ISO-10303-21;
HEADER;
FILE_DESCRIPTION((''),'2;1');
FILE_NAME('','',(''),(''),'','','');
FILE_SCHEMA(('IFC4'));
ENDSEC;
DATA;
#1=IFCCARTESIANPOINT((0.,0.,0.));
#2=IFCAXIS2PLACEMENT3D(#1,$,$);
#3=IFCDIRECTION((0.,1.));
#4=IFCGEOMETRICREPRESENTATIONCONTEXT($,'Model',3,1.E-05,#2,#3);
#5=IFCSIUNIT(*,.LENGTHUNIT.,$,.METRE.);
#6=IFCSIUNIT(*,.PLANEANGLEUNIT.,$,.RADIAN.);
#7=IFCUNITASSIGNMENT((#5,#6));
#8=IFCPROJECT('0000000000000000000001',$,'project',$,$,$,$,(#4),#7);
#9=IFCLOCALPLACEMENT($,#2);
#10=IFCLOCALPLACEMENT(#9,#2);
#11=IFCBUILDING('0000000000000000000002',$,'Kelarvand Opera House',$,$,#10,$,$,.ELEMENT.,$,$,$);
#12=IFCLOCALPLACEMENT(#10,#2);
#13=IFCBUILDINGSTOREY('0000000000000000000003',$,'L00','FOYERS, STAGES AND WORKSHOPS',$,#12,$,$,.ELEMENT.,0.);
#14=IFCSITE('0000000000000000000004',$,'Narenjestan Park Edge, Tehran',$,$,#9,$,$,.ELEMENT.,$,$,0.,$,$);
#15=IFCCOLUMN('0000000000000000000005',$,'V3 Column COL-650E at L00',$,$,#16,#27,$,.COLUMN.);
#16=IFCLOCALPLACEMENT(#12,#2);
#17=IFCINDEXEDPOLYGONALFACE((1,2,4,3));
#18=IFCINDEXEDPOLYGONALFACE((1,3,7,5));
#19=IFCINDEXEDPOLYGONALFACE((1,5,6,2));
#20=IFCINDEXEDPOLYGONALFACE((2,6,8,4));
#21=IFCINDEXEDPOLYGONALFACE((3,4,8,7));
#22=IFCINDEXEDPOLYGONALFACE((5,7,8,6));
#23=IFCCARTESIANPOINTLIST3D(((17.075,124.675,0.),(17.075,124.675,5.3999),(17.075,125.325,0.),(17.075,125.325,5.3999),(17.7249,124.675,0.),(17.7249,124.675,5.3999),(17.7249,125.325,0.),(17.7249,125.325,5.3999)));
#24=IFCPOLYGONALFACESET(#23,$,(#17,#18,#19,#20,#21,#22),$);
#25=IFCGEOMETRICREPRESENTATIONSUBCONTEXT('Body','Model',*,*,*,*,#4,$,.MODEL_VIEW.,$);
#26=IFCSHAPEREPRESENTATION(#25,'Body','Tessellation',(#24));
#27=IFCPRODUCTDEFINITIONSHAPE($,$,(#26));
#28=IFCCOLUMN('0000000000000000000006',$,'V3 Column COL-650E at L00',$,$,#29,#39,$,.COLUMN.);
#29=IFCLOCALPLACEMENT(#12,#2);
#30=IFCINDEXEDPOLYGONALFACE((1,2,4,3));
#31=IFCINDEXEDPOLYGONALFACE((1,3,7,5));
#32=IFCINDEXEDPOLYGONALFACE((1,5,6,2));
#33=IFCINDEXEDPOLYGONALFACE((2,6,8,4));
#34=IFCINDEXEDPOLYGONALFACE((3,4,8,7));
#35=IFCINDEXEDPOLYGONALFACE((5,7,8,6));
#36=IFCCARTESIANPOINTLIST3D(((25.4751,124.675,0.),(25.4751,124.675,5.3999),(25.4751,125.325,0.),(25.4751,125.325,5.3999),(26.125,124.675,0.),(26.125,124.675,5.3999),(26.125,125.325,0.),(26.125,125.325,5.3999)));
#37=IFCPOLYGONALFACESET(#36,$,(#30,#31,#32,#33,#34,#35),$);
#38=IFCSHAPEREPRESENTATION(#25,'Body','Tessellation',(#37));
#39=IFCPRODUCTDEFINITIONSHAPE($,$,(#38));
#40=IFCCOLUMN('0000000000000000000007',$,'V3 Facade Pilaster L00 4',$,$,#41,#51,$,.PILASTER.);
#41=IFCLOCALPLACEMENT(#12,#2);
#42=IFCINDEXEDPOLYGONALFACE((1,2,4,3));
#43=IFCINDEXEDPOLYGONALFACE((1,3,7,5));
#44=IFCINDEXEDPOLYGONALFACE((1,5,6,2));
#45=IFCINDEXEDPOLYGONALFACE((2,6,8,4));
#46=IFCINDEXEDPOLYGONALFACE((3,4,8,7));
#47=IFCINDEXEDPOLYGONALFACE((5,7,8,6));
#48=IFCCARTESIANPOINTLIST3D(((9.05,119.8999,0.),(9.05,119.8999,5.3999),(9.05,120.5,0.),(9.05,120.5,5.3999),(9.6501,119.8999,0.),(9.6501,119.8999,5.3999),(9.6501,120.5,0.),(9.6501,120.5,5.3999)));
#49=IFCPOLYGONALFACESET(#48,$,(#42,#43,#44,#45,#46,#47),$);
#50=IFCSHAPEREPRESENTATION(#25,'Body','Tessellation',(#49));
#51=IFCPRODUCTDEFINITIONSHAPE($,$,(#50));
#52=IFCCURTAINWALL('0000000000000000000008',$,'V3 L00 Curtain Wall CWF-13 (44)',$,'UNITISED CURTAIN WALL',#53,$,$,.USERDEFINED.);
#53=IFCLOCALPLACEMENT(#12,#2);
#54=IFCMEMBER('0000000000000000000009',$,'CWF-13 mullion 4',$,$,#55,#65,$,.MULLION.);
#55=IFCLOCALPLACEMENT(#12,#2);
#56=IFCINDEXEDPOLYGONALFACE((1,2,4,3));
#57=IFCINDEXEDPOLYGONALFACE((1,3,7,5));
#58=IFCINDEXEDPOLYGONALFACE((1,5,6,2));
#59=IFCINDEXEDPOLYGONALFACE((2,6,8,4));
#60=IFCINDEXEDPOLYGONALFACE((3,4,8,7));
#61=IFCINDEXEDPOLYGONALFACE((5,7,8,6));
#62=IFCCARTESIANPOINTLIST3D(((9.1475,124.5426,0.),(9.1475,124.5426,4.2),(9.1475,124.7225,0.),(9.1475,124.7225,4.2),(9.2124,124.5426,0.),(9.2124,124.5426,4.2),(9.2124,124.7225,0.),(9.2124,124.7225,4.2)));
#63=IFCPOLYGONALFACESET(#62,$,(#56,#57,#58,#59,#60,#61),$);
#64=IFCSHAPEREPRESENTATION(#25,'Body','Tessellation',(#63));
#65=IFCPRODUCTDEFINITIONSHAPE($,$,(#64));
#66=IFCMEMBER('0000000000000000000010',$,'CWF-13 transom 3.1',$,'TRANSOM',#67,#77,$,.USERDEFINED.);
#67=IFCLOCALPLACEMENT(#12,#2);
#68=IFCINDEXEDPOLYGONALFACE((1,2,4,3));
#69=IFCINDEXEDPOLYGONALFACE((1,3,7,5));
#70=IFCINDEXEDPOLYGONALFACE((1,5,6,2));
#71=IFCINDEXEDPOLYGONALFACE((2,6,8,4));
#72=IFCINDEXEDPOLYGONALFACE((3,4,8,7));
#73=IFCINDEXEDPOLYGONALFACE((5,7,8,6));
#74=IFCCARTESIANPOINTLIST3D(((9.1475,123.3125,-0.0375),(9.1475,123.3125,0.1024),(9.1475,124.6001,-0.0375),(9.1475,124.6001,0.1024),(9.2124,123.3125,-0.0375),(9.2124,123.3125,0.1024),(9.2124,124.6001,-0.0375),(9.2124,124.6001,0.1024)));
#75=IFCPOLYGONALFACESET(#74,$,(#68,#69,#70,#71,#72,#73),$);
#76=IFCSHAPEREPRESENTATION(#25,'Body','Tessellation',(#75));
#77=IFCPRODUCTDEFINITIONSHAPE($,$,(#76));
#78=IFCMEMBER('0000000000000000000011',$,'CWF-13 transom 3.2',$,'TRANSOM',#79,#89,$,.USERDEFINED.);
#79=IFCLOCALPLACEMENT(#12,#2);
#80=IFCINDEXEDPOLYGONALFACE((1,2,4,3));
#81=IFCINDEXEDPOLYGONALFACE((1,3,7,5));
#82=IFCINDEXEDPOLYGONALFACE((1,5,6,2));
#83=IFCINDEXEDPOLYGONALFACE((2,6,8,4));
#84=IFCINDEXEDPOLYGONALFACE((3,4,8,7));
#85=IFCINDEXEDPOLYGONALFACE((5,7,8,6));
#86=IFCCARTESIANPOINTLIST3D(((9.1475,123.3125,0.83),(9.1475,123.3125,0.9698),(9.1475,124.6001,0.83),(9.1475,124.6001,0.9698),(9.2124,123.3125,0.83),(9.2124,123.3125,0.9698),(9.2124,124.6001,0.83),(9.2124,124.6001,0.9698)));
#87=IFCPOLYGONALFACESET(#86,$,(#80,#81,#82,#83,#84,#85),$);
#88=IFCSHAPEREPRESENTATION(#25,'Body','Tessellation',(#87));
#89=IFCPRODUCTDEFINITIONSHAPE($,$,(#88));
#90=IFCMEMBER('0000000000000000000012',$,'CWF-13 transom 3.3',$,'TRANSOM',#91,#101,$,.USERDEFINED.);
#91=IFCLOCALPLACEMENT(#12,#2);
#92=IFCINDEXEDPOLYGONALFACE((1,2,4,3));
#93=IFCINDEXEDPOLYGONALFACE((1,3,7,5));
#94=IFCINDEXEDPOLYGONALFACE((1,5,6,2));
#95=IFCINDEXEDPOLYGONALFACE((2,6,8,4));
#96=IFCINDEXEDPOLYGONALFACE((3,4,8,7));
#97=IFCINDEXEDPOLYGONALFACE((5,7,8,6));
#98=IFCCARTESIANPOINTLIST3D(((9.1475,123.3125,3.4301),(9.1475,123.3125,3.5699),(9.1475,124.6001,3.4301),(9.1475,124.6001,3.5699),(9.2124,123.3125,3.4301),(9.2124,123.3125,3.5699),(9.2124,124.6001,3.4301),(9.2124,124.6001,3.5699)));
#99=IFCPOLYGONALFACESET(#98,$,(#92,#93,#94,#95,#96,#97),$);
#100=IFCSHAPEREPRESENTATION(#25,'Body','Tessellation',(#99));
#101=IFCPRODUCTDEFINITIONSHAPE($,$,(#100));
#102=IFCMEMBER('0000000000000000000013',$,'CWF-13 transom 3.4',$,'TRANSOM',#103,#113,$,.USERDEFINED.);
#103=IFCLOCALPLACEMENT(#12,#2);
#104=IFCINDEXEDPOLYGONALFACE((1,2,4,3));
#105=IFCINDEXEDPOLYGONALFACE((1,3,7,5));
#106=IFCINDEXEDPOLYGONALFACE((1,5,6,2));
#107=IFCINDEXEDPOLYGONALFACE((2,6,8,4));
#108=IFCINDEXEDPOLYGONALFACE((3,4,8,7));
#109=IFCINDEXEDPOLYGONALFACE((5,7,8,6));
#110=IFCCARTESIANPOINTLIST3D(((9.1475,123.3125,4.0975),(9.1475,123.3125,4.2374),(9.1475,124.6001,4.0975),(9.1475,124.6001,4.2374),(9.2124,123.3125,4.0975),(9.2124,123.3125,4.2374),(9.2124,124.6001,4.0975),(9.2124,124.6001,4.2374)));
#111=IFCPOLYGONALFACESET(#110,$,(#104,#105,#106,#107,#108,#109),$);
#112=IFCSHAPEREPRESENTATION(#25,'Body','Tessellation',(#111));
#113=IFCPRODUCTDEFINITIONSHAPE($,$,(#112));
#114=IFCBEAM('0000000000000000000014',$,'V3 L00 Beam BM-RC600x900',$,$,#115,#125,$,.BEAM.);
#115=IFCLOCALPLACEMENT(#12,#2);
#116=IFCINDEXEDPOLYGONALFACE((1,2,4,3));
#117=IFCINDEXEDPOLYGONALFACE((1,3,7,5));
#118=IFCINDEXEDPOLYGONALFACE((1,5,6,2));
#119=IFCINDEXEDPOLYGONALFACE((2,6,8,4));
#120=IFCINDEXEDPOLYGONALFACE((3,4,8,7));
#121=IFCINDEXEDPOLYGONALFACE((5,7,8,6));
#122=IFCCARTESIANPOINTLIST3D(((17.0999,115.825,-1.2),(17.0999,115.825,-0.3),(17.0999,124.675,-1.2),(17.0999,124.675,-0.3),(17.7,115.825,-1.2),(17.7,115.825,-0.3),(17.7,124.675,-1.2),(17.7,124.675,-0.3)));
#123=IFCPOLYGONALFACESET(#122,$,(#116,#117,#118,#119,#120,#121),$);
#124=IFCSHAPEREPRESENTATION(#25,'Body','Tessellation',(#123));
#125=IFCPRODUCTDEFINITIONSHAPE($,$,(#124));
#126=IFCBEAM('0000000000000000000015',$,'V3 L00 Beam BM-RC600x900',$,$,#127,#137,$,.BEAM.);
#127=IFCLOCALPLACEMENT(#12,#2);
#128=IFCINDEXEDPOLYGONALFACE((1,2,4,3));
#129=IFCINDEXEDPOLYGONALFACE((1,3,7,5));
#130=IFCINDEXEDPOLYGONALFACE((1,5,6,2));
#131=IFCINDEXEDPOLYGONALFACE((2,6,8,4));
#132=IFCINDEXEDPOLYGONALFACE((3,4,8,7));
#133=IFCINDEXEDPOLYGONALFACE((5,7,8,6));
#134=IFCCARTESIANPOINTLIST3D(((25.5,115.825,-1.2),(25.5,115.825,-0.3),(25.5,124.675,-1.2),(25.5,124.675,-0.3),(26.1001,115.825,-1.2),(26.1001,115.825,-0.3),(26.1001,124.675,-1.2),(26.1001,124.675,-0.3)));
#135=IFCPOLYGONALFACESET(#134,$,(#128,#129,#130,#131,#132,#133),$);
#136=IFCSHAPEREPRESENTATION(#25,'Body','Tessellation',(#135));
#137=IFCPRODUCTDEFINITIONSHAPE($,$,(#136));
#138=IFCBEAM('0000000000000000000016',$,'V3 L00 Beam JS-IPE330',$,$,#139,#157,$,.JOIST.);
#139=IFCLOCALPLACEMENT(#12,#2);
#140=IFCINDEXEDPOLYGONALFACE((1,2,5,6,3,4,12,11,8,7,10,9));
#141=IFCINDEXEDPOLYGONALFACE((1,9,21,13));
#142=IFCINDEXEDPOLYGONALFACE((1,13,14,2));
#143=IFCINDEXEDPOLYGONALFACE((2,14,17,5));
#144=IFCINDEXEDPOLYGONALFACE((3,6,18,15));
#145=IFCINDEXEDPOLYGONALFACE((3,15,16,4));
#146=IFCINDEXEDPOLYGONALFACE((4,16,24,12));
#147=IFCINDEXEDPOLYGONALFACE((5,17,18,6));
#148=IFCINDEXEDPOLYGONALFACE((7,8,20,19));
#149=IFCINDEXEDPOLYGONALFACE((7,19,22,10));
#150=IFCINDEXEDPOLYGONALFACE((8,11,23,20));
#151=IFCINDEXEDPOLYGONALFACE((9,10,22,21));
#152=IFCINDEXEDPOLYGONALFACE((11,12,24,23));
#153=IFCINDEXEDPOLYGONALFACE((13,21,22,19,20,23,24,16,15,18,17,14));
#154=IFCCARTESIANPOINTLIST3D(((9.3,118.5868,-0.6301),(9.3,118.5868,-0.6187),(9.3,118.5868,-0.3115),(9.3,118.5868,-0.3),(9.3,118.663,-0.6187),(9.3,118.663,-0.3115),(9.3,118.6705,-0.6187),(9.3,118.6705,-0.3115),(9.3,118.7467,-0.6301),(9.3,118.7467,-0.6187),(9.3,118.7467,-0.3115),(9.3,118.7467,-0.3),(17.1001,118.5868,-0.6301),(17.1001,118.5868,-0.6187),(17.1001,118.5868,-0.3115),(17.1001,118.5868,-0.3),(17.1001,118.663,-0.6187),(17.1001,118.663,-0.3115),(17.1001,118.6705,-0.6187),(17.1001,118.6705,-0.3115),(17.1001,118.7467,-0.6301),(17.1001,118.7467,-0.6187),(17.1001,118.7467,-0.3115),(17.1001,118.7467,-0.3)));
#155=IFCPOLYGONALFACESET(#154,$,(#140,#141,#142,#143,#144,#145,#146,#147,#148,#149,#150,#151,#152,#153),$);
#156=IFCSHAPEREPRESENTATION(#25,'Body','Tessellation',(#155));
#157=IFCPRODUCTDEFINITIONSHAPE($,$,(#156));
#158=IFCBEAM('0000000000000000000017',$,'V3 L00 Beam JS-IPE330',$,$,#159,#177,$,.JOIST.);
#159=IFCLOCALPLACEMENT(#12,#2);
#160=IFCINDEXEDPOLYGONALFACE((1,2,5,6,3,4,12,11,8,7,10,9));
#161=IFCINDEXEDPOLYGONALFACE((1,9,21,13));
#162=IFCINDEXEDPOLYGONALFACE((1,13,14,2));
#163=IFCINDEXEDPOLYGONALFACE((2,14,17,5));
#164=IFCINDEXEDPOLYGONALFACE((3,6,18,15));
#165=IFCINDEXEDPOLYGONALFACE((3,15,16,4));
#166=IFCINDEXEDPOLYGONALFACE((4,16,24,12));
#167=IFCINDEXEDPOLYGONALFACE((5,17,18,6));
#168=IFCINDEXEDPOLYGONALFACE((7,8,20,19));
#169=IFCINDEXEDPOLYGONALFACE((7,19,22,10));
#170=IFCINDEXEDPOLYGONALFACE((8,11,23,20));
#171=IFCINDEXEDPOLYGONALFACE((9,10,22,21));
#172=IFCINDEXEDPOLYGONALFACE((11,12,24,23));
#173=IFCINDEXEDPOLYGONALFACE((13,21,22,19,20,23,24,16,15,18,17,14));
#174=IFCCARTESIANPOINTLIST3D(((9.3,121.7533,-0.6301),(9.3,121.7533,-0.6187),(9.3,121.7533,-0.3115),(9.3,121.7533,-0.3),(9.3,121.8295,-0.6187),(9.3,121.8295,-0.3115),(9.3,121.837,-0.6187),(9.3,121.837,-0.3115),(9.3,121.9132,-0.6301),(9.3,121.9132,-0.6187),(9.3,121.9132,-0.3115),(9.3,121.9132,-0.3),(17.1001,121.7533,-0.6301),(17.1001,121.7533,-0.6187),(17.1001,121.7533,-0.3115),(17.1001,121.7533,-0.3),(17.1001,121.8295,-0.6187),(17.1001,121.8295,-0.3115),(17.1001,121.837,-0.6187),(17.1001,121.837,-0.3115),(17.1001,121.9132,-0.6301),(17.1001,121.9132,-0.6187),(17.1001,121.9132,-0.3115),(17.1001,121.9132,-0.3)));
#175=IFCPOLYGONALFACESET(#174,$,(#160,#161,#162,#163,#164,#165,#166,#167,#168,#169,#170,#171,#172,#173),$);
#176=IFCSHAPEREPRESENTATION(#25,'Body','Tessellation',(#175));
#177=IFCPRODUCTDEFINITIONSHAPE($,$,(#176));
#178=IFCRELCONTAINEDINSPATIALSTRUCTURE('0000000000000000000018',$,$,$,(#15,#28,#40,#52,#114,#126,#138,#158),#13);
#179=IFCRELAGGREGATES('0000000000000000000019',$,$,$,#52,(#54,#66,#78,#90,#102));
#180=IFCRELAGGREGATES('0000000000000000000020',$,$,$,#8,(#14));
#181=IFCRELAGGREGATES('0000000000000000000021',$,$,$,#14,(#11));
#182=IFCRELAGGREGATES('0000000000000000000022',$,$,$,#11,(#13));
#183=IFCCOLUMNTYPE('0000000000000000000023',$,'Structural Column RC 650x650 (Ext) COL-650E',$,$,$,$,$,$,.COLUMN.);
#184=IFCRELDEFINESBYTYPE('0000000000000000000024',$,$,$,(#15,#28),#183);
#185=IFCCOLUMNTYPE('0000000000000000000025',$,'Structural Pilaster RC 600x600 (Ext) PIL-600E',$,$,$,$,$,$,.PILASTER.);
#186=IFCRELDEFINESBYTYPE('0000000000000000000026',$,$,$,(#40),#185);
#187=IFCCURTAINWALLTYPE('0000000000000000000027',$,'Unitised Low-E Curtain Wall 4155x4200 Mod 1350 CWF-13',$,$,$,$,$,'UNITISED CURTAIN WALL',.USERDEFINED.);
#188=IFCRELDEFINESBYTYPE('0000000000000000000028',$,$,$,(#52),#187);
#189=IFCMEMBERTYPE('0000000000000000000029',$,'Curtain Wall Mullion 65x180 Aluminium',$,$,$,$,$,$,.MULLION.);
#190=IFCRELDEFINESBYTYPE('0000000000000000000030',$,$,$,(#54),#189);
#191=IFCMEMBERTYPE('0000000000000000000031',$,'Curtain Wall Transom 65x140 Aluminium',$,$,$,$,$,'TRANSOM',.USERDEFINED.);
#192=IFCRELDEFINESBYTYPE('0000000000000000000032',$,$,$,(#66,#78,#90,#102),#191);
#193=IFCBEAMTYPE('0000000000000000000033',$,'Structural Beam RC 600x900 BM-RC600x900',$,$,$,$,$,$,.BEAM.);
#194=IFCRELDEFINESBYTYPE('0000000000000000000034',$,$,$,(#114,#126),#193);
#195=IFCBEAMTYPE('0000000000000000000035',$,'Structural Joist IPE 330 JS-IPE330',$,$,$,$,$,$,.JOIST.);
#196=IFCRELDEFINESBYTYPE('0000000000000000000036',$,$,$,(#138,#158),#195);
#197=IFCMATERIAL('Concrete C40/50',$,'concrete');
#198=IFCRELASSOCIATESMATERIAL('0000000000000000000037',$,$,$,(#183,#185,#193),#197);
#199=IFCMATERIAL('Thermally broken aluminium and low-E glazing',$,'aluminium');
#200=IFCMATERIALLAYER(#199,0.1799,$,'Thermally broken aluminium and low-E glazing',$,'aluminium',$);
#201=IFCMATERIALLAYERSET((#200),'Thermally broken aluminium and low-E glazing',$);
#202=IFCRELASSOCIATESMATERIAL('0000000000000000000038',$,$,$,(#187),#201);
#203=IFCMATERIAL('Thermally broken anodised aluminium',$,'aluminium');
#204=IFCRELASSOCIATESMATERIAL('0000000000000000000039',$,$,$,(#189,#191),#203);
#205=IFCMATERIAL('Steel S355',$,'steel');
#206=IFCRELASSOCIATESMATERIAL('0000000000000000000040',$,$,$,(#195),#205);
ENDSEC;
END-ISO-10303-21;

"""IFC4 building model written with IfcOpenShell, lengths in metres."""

from ifc_helpers import new_model, si_unit, direction, frame, origin, origin_2d, place, context, subcontext, project, spatial, rectangle, i_section, extrude, material, layer, layer_set, material_profile, profile_set, type_object, element, aggregate, save


model = new_model("IFC4")

# Units and contexts
model_context = context("Model", 3, precision=1e-05, world=origin(), true_north=direction((0.0, 1.0)))
body_context = subcontext(model_context, "Body", "Model", "MODEL_VIEW")
ifc_project = project(units=[si_unit("LENGTHUNIT", "METRE"), si_unit("PLANEANGLEUNIT", "RADIAN")], contexts=[model_context])

# Site, building, storey
site_placement = place(None, origin())
site = spatial("IfcSite", under=ifc_project, at=site_placement, Name="Narenjestan Park Edge, Tehran", CompositionType="ELEMENT", RefElevation=0.0)
building_placement = place(site_placement, origin())
building = spatial("IfcBuilding", under=site, at=building_placement, Name="Kelarvand Opera House", CompositionType="ELEMENT")
storey_placement = place(building_placement, origin())
storey = spatial("IfcBuildingStorey", under=building, at=storey_placement, Name="L00", Description="FOYERS, STAGES AND WORKSHOPS", CompositionType="ELEMENT", Elevation=0.0)

# Columns
ifc_material_1 = material(Name="Concrete C40/50", Category="concrete")
ifc_material_profile_1 = material_profile(ifc_material_1, rectangle(XDim=0.6499, YDim=0.6499, at=origin_2d()), Name="RC 650x650", Category="concrete")
ifc_profile_set_1 = profile_set([ifc_material_profile_1], Name="Concrete C40/50")
column_type_1 = type_object("IfcColumnType", Name="Structural Column RC 650x650 (Ext) COL-650E", PredefinedType="COLUMN", material=ifc_profile_set_1)
for number, where, z_axis, x_axis, name in (
    (1, (17.3999, 125.0, 0.0), (0.0, 0.0, 1.0), (1.0, 0.0, 0.0), "V3 Column COL-650E at L00"),
    (2, (25.8, 125.0, 0.0), (0.0, 0.0, 1.0), (1.0, 0.0, 0.0), "V3 Column COL-650E at L00"),
):
    element("IfcColumn", number, at=place(storey_placement, frame(where, z_axis=z_axis, x_axis=x_axis)), inside=storey, type_object=column_type_1, Name=name, PredefinedType="COLUMN", context=body_context, shape_type="SweptSolid", body=[
        extrude(rectangle(XDim=0.6499, YDim=0.6499, at=origin_2d()), origin(), (0.0, 0.0, 1.0), 5.3999),
    ])
ifc_material_profile_2 = material_profile(ifc_material_1, rectangle(XDim=0.6001, YDim=0.6001, at=origin_2d()), Name="RC 600x600", Category="concrete")
ifc_profile_set_2 = profile_set([ifc_material_profile_2], Name="Concrete C40/50")
column_type_2 = type_object("IfcColumnType", Name="Structural Pilaster RC 600x600 (Ext) PIL-600E", PredefinedType="PILASTER", material=ifc_profile_set_2)
column_placement = place(storey_placement, frame((9.3501, 120.2, 0.0), z_axis=(0.0, 0.0, 1.0), x_axis=(1.0, 0.0, 0.0)))
element("IfcColumn", 3, at=column_placement, inside=storey, type_object=column_type_2, Name="V3 Facade Pilaster L00 4", PredefinedType="PILASTER", context=body_context, shape_type="SweptSolid", body=[
    extrude(rectangle(XDim=0.6001, YDim=0.6001, at=origin_2d()), origin(), (0.0, 0.0, 1.0), 5.3999),
])

# Curtain wall, members
ifc_material_2 = material(Name="Thermally broken aluminium and low-E glazing", Category="aluminium")
ifc_layer_1 = layer(ifc_material_2, 0.1799, Name="Thermally broken aluminium and low-E glazing", Category="aluminium")
ifc_layer_set_1 = layer_set([ifc_layer_1], Name="Thermally broken aluminium and low-E glazing")
curtain_wall_type = type_object("IfcCurtainWallType", Name="Unitised Low-E Curtain Wall 4155x4200 Mod 1350 CWF-13", ElementType="UNITISED CURTAIN WALL", PredefinedType="USERDEFINED", material=ifc_layer_set_1)
curtain_wall_placement = place(storey_placement, origin())
curtain_wall = element("IfcCurtainWall", 4, at=curtain_wall_placement, inside=storey, type_object=curtain_wall_type, Name="V3 L00 Curtain Wall CWF-13 (44)", ObjectType="UNITISED CURTAIN WALL", PredefinedType="USERDEFINED")
ifc_material_3 = material(Name="Thermally broken anodised aluminium", Category="aluminium")
ifc_material_profile_3 = material_profile(ifc_material_3, rectangle(XDim=0.0649, YDim=0.1799, at=origin_2d()), Name="ALU MULLION 65x180", Category="aluminium")
ifc_profile_set_3 = profile_set([ifc_material_profile_3], Name="Thermally broken anodised aluminium")
member_type_1 = type_object("IfcMemberType", Name="Curtain Wall Mullion 65x180 Aluminium", PredefinedType="MULLION", material=ifc_profile_set_3)
member_1_placement = place(storey_placement, frame((9.1799, 124.6326, 0.0), z_axis=(0.0, 0.0, 1.0), x_axis=(-1.0, 0.0, 0.0)))
member_1 = element("IfcMember", 5, at=member_1_placement, type_object=member_type_1, Name="CWF-13 mullion 4", PredefinedType="MULLION", context=body_context, shape_type="SweptSolid", body=[
    extrude(rectangle(XDim=0.0649, YDim=0.1799, at=origin_2d()), origin(), (0.0, 0.0, 1.0), 4.2),
])
ifc_material_profile_4 = material_profile(ifc_material_3, rectangle(XDim=0.0649, YDim=0.1399, at=origin_2d()), Name="ALU TRANSOM 65x140", Category="aluminium")
ifc_profile_set_4 = profile_set([ifc_material_profile_4], Name="Thermally broken anodised aluminium")
member_type_2 = type_object("IfcMemberType", Name="Curtain Wall Transom 65x140 Aluminium", ElementType="TRANSOM", PredefinedType="USERDEFINED", material=ifc_profile_set_4)
member_2_placement = place(storey_placement, frame((9.1799, 123.3125, 0.0325), z_axis=(0.0, 1.0, 0.0), x_axis=(-1.0, 0.0, 0.0)))
member_2 = element("IfcMember", 6, at=member_2_placement, type_object=member_type_2, Name="CWF-13 transom 3.1", ObjectType="TRANSOM", PredefinedType="USERDEFINED", context=body_context, shape_type="SweptSolid", body=[
    extrude(rectangle(XDim=0.0649, YDim=0.1399, at=origin_2d()), origin(), (0.0, 0.0, 1.0), 1.2876),
])
member_3_placement = place(storey_placement, frame((9.1799, 123.3125, 0.8999), z_axis=(0.0, 1.0, 0.0), x_axis=(-1.0, 0.0, 0.0)))
member_3 = element("IfcMember", 7, at=member_3_placement, type_object=member_type_2, Name="CWF-13 transom 3.2", ObjectType="TRANSOM", PredefinedType="USERDEFINED", context=body_context, shape_type="SweptSolid", body=[
    extrude(rectangle(XDim=0.0649, YDim=0.1399, at=origin_2d()), origin(), (0.0, 0.0, 1.0), 1.2876),
])
member_4_placement = place(storey_placement, frame((9.1799, 123.3125, 3.5), z_axis=(0.0, 1.0, 0.0), x_axis=(-1.0, 0.0, 0.0)))
member_4 = element("IfcMember", 8, at=member_4_placement, type_object=member_type_2, Name="CWF-13 transom 3.3", ObjectType="TRANSOM", PredefinedType="USERDEFINED", context=body_context, shape_type="SweptSolid", body=[
    extrude(rectangle(XDim=0.0649, YDim=0.1399, at=origin_2d()), origin(), (0.0, 0.0, 1.0), 1.2876),
])
member_5_placement = place(storey_placement, frame((9.1799, 123.3125, 4.1675), z_axis=(0.0, 1.0, 0.0), x_axis=(-1.0, 0.0, 0.0)))
member_5 = element("IfcMember", 9, at=member_5_placement, type_object=member_type_2, Name="CWF-13 transom 3.4", ObjectType="TRANSOM", PredefinedType="USERDEFINED", context=body_context, shape_type="SweptSolid", body=[
    extrude(rectangle(XDim=0.0649, YDim=0.1399, at=origin_2d()), origin(), (0.0, 0.0, 1.0), 1.2876),
])

# Beams
ifc_material_profile_5 = material_profile(ifc_material_1, rectangle(XDim=0.6001, YDim=0.8999, at=origin_2d()), Name="RC 600x900", Category="concrete")
ifc_profile_set_5 = profile_set([ifc_material_profile_5], Name="Concrete C40/50")
beam_type_1 = type_object("IfcBeamType", Name="Structural Beam RC 600x900 BM-RC600x900", PredefinedType="BEAM", material=ifc_profile_set_5)
for number, where, z_axis, x_axis, name in (
    (10, (17.3999, 115.825, -0.75), (0.0, 1.0, 0.0), (-1.0, 0.0, 0.0), "V3 L00 Beam BM-RC600x900"),
    (11, (25.8, 115.825, -0.75), (0.0, 1.0, 0.0), (-1.0, 0.0, 0.0), "V3 L00 Beam BM-RC600x900"),
):
    element("IfcBeam", number, at=place(storey_placement, frame(where, z_axis=z_axis, x_axis=x_axis)), inside=storey, type_object=beam_type_1, Name=name, PredefinedType="BEAM", context=body_context, shape_type="SweptSolid", body=[
        extrude(rectangle(XDim=0.6001, YDim=0.8999, at=origin_2d()), origin(), (0.0, 0.0, 1.0), 8.8501),
    ])
ifc_material_4 = material(Name="Steel S355", Category="steel")
ifc_material_profile_6 = material_profile(ifc_material_4, i_section(OverallWidth=0.1599, OverallDepth=0.3301, WebThickness=0.0076, FlangeThickness=0.0115, at=origin_2d()), Name="IPE 330", Category="steel")
ifc_profile_set_6 = profile_set([ifc_material_profile_6], Name="Steel S355")
beam_type_2 = type_object("IfcBeamType", Name="Structural Joist IPE 330 JS-IPE330", PredefinedType="JOIST", material=ifc_profile_set_6)
for number, where, z_axis, x_axis, name in (
    (12, (9.3, 118.6667, -0.4651), (1.0, 0.0, 0.0), (0.0, 1.0, 0.0), "V3 L00 Beam JS-IPE330"),
    (13, (9.3, 121.8333, -0.4651), (1.0, 0.0, 0.0), (0.0, 1.0, 0.0), "V3 L00 Beam JS-IPE330"),
):
    element("IfcBeam", number, at=place(storey_placement, frame(where, z_axis=z_axis, x_axis=x_axis)), inside=storey, type_object=beam_type_2, Name=name, PredefinedType="JOIST", context=body_context, shape_type="SweptSolid", body=[
        extrude(i_section(OverallWidth=0.1599, OverallDepth=0.3301, WebThickness=0.0076, FlangeThickness=0.0115, at=origin_2d()), origin(), (0.0, 0.0, 1.0), 7.8),
    ])

aggregate(curtain_wall, [member_1, member_2, member_3, member_4, member_5])

save(model, "model.ifc")
